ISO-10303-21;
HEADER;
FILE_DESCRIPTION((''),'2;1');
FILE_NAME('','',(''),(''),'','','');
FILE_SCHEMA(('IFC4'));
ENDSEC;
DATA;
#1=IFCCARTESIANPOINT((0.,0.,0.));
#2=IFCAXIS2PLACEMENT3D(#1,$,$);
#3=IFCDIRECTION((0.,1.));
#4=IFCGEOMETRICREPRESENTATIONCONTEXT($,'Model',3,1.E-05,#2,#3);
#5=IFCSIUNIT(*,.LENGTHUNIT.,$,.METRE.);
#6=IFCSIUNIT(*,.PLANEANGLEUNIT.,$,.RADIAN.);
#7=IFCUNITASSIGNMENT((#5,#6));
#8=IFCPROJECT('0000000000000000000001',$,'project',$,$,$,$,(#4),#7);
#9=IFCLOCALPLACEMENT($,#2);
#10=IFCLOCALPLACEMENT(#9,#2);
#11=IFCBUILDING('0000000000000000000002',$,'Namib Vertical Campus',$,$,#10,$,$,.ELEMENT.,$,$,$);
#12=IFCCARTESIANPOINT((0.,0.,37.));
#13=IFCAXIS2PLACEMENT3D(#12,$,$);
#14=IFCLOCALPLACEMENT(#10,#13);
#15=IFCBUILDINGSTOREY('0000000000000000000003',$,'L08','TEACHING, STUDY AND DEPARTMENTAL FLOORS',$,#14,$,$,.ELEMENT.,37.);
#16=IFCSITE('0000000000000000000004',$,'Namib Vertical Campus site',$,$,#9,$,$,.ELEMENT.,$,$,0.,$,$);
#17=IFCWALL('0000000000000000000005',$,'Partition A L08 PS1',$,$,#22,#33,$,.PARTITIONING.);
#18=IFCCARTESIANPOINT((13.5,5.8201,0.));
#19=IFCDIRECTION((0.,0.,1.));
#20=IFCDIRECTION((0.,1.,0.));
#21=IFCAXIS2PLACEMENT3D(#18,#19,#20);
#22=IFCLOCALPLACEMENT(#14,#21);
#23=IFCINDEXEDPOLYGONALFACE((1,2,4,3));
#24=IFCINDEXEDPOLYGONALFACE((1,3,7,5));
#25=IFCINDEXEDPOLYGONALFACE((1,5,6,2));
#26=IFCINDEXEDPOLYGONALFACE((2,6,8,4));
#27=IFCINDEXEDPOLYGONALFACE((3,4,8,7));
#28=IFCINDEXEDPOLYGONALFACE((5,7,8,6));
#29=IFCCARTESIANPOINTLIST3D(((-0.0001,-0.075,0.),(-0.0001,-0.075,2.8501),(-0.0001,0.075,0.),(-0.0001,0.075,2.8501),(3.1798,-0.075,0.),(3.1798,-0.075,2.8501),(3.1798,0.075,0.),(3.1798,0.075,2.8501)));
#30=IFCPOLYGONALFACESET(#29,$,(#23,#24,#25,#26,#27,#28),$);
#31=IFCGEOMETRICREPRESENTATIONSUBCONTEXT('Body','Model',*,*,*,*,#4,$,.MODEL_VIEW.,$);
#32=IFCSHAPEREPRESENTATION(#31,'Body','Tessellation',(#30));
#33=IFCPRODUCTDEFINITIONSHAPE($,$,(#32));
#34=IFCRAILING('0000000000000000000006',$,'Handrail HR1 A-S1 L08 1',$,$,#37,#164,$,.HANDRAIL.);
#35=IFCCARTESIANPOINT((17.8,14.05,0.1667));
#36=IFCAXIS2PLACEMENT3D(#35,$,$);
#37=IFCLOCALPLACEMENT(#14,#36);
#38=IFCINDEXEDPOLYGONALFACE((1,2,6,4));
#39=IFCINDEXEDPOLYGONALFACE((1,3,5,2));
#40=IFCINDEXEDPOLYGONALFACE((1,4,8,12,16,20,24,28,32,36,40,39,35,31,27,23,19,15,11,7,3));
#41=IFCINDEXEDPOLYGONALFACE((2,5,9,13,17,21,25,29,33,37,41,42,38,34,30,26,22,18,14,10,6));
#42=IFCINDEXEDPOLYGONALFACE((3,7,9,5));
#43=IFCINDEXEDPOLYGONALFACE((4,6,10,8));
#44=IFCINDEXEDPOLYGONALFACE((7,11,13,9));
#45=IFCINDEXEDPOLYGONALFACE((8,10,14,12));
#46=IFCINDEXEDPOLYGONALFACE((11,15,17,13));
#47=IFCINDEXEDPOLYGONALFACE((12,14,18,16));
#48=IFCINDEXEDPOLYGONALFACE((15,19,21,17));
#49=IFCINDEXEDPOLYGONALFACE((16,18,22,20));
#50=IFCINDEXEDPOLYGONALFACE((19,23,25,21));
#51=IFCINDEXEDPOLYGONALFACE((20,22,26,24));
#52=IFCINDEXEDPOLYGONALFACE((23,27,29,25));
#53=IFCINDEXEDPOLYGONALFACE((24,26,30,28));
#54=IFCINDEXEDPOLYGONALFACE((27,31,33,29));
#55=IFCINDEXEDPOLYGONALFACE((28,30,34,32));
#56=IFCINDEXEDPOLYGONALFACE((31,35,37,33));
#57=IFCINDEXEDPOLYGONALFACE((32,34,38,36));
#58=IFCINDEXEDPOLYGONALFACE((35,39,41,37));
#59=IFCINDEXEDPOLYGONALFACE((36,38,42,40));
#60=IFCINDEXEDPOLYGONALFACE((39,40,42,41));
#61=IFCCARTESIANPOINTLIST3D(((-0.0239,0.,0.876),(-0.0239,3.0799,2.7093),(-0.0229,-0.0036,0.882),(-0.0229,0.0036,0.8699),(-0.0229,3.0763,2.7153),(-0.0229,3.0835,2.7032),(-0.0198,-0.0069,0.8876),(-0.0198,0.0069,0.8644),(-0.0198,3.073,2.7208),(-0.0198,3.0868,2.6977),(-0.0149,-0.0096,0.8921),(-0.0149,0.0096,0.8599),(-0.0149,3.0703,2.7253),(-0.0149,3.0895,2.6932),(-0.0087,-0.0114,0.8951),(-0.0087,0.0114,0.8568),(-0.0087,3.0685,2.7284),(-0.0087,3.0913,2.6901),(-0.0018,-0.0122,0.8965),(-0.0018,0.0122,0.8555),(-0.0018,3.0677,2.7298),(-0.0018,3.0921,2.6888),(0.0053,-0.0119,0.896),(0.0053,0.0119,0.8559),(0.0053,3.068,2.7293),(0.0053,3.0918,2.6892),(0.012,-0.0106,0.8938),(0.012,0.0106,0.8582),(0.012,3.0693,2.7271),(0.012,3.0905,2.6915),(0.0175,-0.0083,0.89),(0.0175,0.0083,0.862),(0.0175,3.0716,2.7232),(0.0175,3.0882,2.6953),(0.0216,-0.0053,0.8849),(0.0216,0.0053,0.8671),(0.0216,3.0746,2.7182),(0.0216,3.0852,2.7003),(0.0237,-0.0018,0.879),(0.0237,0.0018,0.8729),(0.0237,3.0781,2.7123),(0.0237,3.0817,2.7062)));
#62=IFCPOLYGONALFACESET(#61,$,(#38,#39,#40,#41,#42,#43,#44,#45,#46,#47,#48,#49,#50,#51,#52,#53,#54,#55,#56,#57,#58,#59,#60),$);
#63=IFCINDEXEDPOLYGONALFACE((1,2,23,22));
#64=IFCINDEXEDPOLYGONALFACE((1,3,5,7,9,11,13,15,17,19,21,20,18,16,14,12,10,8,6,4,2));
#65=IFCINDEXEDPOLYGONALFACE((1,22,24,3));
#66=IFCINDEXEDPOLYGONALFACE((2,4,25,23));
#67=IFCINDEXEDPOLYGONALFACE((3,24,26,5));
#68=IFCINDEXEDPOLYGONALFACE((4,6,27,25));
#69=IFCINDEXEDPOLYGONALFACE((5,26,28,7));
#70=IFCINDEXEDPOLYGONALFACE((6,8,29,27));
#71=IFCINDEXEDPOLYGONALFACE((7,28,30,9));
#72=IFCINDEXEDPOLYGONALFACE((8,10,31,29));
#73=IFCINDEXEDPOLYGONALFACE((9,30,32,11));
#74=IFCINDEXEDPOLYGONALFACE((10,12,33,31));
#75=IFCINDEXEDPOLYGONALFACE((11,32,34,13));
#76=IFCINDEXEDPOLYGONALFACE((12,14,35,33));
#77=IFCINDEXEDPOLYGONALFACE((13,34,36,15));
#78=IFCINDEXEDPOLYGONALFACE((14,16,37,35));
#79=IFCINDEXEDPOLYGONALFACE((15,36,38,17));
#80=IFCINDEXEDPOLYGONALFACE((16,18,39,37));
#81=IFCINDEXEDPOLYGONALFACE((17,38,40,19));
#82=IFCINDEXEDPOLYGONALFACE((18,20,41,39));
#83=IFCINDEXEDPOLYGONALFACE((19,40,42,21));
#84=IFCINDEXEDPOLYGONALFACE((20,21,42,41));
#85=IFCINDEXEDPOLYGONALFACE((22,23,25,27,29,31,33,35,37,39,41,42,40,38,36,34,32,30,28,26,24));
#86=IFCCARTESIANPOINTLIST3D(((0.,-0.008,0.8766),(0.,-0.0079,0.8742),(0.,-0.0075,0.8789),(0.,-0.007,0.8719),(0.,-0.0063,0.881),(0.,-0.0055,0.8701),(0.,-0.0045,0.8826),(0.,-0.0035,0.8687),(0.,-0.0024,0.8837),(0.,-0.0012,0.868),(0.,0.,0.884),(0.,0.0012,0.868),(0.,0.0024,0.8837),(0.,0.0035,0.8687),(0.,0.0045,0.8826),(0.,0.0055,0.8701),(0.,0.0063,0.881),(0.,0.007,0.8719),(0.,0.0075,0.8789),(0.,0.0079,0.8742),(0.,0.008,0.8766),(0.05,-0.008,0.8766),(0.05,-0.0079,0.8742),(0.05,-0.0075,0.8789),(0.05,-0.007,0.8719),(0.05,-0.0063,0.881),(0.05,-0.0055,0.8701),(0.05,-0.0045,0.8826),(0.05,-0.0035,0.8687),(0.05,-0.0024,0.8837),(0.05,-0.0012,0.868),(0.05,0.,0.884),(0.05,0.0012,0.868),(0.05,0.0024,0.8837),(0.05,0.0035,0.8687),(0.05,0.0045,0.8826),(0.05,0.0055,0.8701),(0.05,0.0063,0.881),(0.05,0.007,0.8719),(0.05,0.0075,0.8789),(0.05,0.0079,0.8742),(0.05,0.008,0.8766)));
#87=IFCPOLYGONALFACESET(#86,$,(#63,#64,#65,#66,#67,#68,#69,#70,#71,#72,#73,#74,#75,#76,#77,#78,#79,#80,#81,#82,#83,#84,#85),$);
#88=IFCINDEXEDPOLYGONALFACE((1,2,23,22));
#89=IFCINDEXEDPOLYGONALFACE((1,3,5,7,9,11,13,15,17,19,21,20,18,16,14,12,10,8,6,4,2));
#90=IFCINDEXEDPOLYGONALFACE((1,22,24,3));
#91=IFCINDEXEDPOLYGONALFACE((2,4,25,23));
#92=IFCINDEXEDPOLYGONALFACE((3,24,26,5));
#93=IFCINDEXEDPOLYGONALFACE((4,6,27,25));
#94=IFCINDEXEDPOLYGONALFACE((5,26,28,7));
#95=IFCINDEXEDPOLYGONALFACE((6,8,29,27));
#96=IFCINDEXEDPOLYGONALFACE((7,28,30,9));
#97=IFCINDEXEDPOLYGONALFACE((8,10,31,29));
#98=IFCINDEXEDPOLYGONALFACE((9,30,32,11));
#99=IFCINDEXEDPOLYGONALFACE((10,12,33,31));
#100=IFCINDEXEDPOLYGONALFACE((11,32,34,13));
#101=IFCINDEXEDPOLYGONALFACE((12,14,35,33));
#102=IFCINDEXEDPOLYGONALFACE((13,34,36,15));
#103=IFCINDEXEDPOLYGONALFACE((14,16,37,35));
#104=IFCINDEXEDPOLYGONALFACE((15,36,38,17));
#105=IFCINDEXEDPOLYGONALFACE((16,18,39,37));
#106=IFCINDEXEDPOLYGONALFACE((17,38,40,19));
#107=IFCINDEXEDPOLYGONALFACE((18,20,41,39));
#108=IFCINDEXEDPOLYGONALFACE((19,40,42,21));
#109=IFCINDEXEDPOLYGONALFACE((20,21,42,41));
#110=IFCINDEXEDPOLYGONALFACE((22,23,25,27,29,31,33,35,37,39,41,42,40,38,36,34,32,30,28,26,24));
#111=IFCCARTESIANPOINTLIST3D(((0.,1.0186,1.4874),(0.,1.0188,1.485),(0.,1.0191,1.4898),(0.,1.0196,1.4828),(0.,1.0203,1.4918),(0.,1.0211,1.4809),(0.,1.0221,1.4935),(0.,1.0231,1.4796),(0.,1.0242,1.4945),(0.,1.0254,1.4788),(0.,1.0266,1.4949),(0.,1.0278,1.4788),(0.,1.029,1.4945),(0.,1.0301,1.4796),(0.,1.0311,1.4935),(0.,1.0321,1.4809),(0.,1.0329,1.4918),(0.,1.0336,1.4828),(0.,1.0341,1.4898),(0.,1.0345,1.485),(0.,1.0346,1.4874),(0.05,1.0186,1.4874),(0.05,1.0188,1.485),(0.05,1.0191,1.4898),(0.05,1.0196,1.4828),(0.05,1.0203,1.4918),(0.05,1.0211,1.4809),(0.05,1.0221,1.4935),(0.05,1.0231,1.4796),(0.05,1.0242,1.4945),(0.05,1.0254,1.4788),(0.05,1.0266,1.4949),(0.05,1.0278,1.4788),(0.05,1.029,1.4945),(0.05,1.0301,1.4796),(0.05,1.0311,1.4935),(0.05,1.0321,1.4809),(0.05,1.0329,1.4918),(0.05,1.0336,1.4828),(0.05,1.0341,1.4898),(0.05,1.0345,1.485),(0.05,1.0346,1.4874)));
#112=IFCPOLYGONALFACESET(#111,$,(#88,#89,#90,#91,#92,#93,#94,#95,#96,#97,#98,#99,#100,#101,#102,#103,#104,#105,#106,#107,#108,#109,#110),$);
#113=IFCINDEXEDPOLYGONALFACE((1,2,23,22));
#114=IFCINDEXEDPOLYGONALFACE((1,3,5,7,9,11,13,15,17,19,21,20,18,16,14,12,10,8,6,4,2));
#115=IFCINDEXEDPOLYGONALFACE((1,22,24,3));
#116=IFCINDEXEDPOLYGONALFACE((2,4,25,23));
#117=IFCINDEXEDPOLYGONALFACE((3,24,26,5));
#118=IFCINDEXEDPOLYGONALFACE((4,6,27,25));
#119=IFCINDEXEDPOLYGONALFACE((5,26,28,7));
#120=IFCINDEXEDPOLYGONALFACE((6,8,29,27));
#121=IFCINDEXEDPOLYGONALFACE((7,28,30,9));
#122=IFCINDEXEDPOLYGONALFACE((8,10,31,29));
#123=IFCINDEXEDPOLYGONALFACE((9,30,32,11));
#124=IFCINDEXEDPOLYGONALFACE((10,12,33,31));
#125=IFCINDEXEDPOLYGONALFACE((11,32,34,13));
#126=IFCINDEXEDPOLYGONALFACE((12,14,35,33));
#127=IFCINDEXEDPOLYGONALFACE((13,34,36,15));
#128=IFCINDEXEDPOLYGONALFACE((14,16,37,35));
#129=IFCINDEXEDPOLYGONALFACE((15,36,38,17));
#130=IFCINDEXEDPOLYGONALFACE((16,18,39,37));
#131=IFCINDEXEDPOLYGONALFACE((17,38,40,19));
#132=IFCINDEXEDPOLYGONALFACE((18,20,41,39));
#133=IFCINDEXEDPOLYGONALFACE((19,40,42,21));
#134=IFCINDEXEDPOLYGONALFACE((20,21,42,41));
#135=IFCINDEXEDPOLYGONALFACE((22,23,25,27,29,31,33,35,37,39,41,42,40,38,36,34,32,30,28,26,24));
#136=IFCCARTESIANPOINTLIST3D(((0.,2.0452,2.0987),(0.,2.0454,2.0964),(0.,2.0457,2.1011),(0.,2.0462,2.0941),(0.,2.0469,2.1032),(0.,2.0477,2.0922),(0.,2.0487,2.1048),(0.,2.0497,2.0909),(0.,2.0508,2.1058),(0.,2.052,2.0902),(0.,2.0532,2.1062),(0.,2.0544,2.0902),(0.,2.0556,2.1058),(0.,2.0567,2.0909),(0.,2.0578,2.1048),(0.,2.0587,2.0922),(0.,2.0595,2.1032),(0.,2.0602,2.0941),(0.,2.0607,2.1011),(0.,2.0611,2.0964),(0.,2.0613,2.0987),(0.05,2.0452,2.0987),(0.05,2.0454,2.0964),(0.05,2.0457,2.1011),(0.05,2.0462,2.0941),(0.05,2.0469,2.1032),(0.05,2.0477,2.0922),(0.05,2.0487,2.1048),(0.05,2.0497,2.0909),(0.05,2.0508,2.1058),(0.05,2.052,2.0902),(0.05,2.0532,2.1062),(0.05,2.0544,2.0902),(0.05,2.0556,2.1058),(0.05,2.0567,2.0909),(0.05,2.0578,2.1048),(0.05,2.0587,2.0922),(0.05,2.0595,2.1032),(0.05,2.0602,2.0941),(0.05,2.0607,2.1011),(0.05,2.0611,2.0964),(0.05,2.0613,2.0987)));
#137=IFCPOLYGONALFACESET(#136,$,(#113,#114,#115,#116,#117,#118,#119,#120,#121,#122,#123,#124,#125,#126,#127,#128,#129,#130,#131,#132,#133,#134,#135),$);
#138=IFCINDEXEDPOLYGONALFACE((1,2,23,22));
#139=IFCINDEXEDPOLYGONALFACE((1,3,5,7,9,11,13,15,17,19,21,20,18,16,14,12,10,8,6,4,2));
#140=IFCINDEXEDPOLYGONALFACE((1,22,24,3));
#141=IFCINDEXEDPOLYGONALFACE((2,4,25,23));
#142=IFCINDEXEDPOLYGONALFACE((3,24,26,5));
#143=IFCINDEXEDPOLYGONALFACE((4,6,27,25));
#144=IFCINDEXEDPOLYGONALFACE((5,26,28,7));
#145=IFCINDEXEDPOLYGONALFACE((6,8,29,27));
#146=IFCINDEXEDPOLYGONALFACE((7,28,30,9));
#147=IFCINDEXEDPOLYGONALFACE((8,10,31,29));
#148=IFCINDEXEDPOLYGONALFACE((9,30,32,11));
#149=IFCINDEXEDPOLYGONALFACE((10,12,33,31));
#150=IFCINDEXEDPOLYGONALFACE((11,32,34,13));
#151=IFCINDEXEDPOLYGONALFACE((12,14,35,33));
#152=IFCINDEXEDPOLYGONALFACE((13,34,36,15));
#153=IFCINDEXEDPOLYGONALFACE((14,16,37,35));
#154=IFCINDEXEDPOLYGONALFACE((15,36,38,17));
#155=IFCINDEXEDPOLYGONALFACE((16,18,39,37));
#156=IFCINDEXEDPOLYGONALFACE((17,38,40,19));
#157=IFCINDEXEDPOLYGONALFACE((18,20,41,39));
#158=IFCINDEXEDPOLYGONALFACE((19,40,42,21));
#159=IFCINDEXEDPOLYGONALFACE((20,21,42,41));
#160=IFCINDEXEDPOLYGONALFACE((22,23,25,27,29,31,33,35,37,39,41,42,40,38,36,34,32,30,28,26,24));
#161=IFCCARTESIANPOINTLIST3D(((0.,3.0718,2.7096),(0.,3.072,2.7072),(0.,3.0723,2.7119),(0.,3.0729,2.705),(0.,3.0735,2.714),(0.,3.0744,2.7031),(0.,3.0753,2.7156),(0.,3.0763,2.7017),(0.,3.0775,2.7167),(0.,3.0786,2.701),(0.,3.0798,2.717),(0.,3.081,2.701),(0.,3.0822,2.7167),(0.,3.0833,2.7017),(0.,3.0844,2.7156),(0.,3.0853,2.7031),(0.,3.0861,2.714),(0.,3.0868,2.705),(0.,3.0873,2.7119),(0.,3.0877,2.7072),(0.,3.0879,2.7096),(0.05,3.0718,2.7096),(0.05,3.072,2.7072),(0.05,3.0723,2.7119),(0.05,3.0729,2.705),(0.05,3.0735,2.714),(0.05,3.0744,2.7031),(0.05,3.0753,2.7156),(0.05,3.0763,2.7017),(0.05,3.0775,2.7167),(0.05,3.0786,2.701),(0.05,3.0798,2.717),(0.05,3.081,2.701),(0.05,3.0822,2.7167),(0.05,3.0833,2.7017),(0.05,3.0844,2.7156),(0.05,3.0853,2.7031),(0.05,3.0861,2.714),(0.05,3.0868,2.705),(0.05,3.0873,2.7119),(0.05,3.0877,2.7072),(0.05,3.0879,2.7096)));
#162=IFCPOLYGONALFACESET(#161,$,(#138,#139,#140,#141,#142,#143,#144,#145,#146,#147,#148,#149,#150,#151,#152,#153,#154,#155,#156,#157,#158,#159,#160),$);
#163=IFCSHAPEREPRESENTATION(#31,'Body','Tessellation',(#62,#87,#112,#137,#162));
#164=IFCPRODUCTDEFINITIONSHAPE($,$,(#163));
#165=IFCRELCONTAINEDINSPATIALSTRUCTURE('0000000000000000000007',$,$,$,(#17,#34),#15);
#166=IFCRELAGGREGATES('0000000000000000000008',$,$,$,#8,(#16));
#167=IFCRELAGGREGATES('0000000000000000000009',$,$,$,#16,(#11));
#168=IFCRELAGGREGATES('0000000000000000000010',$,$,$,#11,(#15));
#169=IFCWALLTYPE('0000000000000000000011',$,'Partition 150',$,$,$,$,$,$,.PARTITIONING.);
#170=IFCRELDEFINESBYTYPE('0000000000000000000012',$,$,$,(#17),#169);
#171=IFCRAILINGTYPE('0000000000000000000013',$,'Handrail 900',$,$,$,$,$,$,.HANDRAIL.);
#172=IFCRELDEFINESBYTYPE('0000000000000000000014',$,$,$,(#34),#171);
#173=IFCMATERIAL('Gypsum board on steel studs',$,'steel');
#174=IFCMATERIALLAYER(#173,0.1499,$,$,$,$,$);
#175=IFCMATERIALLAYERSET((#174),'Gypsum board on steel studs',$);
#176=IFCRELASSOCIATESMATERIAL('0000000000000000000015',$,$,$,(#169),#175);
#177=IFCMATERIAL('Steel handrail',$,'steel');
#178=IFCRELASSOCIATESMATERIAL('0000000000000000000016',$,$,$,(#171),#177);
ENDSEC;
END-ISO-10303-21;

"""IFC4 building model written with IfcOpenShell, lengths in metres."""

from ifc_helpers import new_model, si_unit, direction, frame, frame_2d, origin, origin_2d, place, context, subcontext, project, spatial, rectangle, circle, extrude, material, layer, layer_set, type_object, element, save


model = new_model("IFC4")

# Units and contexts
model_context = context("Model", 3, precision=1e-05, world=origin(), true_north=direction((0.0, 1.0)))
body_context = subcontext(model_context, "Body", "Model", "MODEL_VIEW")
ifc_project = project(units=[si_unit("LENGTHUNIT", "METRE"), si_unit("PLANEANGLEUNIT", "RADIAN")], contexts=[model_context])

# Site, building, storey
site_placement = place(None, origin())
site = spatial("IfcSite", under=ifc_project, at=site_placement, Name="Namib Vertical Campus site", CompositionType="ELEMENT", RefElevation=0.0)
building_placement = place(site_placement, origin())
building = spatial("IfcBuilding", under=site, at=building_placement, Name="Namib Vertical Campus", CompositionType="ELEMENT")
storey_placement = place(building_placement, frame((0.0, 0.0, 37.0)))
storey = spatial("IfcBuildingStorey", under=building, at=storey_placement, Name="L08", Description="TEACHING, STUDY AND DEPARTMENTAL FLOORS", CompositionType="ELEMENT", Elevation=37.0)

# Wall
ifc_material_1 = material(Name="Gypsum board on steel studs", Category="steel")
ifc_layer_1 = layer(ifc_material_1, 0.1499)
ifc_layer_set_1 = layer_set([ifc_layer_1], Name="Gypsum board on steel studs")
wall_type_1 = type_object("IfcWallType", Name="Partition 150", PredefinedType="PARTITIONING", material=ifc_layer_set_1)
wall_1_placement = place(storey_placement, frame((13.5, 5.8201, 0.0), z_axis=(0.0, 0.0, 1.0), x_axis=(0.0, 1.0, 0.0)))
element("IfcWall", 1, at=wall_1_placement, inside=storey, type_object=wall_type_1, Name="Partition A L08 PS1", PredefinedType="PARTITIONING", context=body_context, shape_type="SweptSolid", body=[
    extrude(rectangle(XDim=3.1799, YDim=0.1499, at=frame_2d((1.5898, 0.0))), origin(), (0.0, 0.0, 1.0), 2.8501),
])

# Railing
ifc_material_2 = material(Name="Steel handrail", Category="steel")
railing_type_1 = type_object("IfcRailingType", Name="Handrail 900", PredefinedType="HANDRAIL", material=ifc_material_2)
railing_1_placement = place(storey_placement, frame((17.8, 14.05, 0.1667)))
element("IfcRailing", 2, at=railing_1_placement, inside=storey, type_object=railing_type_1, Name="Handrail HR1 A-S1 L08 1", PredefinedType="HANDRAIL", context=body_context, shape_type="SweptSolid", body=[
    extrude(circle(Radius=0.0239, at=origin_2d()), frame((0.0, 0.0, 0.876), z_axis=(0.0, 0.859291, 0.511487), x_axis=(-1.0, 0.0, 0.0)), (0.0, 0.0, 1.0), 3.5842),
    extrude(circle(Radius=0.0081, at=origin_2d()), frame((0.0, 0.0, 0.876), z_axis=(1.0, 0.0, 0.0), x_axis=(0.0, 0.0, 1.0)), (0.0, 0.0, 1.0), 0.05),
    extrude(circle(Radius=0.0081, at=origin_2d()), frame((0.0, 1.0266, 1.4868), z_axis=(1.0, 0.0, 0.0), x_axis=(0.0, 0.0, 1.0)), (0.0, 0.0, 1.0), 0.05),
    extrude(circle(Radius=0.0081, at=origin_2d()), frame((0.0, 2.0532, 2.0981), z_axis=(1.0, 0.0, 0.0), x_axis=(0.0, 0.0, 1.0)), (0.0, 0.0, 1.0), 0.05),
    extrude(circle(Radius=0.0081, at=origin_2d()), frame((0.0, 3.0798, 2.709), z_axis=(1.0, 0.0, 0.0), x_axis=(0.0, 0.0, 1.0)), (0.0, 0.0, 1.0), 0.05),
])

save(model, "model.ifc")
